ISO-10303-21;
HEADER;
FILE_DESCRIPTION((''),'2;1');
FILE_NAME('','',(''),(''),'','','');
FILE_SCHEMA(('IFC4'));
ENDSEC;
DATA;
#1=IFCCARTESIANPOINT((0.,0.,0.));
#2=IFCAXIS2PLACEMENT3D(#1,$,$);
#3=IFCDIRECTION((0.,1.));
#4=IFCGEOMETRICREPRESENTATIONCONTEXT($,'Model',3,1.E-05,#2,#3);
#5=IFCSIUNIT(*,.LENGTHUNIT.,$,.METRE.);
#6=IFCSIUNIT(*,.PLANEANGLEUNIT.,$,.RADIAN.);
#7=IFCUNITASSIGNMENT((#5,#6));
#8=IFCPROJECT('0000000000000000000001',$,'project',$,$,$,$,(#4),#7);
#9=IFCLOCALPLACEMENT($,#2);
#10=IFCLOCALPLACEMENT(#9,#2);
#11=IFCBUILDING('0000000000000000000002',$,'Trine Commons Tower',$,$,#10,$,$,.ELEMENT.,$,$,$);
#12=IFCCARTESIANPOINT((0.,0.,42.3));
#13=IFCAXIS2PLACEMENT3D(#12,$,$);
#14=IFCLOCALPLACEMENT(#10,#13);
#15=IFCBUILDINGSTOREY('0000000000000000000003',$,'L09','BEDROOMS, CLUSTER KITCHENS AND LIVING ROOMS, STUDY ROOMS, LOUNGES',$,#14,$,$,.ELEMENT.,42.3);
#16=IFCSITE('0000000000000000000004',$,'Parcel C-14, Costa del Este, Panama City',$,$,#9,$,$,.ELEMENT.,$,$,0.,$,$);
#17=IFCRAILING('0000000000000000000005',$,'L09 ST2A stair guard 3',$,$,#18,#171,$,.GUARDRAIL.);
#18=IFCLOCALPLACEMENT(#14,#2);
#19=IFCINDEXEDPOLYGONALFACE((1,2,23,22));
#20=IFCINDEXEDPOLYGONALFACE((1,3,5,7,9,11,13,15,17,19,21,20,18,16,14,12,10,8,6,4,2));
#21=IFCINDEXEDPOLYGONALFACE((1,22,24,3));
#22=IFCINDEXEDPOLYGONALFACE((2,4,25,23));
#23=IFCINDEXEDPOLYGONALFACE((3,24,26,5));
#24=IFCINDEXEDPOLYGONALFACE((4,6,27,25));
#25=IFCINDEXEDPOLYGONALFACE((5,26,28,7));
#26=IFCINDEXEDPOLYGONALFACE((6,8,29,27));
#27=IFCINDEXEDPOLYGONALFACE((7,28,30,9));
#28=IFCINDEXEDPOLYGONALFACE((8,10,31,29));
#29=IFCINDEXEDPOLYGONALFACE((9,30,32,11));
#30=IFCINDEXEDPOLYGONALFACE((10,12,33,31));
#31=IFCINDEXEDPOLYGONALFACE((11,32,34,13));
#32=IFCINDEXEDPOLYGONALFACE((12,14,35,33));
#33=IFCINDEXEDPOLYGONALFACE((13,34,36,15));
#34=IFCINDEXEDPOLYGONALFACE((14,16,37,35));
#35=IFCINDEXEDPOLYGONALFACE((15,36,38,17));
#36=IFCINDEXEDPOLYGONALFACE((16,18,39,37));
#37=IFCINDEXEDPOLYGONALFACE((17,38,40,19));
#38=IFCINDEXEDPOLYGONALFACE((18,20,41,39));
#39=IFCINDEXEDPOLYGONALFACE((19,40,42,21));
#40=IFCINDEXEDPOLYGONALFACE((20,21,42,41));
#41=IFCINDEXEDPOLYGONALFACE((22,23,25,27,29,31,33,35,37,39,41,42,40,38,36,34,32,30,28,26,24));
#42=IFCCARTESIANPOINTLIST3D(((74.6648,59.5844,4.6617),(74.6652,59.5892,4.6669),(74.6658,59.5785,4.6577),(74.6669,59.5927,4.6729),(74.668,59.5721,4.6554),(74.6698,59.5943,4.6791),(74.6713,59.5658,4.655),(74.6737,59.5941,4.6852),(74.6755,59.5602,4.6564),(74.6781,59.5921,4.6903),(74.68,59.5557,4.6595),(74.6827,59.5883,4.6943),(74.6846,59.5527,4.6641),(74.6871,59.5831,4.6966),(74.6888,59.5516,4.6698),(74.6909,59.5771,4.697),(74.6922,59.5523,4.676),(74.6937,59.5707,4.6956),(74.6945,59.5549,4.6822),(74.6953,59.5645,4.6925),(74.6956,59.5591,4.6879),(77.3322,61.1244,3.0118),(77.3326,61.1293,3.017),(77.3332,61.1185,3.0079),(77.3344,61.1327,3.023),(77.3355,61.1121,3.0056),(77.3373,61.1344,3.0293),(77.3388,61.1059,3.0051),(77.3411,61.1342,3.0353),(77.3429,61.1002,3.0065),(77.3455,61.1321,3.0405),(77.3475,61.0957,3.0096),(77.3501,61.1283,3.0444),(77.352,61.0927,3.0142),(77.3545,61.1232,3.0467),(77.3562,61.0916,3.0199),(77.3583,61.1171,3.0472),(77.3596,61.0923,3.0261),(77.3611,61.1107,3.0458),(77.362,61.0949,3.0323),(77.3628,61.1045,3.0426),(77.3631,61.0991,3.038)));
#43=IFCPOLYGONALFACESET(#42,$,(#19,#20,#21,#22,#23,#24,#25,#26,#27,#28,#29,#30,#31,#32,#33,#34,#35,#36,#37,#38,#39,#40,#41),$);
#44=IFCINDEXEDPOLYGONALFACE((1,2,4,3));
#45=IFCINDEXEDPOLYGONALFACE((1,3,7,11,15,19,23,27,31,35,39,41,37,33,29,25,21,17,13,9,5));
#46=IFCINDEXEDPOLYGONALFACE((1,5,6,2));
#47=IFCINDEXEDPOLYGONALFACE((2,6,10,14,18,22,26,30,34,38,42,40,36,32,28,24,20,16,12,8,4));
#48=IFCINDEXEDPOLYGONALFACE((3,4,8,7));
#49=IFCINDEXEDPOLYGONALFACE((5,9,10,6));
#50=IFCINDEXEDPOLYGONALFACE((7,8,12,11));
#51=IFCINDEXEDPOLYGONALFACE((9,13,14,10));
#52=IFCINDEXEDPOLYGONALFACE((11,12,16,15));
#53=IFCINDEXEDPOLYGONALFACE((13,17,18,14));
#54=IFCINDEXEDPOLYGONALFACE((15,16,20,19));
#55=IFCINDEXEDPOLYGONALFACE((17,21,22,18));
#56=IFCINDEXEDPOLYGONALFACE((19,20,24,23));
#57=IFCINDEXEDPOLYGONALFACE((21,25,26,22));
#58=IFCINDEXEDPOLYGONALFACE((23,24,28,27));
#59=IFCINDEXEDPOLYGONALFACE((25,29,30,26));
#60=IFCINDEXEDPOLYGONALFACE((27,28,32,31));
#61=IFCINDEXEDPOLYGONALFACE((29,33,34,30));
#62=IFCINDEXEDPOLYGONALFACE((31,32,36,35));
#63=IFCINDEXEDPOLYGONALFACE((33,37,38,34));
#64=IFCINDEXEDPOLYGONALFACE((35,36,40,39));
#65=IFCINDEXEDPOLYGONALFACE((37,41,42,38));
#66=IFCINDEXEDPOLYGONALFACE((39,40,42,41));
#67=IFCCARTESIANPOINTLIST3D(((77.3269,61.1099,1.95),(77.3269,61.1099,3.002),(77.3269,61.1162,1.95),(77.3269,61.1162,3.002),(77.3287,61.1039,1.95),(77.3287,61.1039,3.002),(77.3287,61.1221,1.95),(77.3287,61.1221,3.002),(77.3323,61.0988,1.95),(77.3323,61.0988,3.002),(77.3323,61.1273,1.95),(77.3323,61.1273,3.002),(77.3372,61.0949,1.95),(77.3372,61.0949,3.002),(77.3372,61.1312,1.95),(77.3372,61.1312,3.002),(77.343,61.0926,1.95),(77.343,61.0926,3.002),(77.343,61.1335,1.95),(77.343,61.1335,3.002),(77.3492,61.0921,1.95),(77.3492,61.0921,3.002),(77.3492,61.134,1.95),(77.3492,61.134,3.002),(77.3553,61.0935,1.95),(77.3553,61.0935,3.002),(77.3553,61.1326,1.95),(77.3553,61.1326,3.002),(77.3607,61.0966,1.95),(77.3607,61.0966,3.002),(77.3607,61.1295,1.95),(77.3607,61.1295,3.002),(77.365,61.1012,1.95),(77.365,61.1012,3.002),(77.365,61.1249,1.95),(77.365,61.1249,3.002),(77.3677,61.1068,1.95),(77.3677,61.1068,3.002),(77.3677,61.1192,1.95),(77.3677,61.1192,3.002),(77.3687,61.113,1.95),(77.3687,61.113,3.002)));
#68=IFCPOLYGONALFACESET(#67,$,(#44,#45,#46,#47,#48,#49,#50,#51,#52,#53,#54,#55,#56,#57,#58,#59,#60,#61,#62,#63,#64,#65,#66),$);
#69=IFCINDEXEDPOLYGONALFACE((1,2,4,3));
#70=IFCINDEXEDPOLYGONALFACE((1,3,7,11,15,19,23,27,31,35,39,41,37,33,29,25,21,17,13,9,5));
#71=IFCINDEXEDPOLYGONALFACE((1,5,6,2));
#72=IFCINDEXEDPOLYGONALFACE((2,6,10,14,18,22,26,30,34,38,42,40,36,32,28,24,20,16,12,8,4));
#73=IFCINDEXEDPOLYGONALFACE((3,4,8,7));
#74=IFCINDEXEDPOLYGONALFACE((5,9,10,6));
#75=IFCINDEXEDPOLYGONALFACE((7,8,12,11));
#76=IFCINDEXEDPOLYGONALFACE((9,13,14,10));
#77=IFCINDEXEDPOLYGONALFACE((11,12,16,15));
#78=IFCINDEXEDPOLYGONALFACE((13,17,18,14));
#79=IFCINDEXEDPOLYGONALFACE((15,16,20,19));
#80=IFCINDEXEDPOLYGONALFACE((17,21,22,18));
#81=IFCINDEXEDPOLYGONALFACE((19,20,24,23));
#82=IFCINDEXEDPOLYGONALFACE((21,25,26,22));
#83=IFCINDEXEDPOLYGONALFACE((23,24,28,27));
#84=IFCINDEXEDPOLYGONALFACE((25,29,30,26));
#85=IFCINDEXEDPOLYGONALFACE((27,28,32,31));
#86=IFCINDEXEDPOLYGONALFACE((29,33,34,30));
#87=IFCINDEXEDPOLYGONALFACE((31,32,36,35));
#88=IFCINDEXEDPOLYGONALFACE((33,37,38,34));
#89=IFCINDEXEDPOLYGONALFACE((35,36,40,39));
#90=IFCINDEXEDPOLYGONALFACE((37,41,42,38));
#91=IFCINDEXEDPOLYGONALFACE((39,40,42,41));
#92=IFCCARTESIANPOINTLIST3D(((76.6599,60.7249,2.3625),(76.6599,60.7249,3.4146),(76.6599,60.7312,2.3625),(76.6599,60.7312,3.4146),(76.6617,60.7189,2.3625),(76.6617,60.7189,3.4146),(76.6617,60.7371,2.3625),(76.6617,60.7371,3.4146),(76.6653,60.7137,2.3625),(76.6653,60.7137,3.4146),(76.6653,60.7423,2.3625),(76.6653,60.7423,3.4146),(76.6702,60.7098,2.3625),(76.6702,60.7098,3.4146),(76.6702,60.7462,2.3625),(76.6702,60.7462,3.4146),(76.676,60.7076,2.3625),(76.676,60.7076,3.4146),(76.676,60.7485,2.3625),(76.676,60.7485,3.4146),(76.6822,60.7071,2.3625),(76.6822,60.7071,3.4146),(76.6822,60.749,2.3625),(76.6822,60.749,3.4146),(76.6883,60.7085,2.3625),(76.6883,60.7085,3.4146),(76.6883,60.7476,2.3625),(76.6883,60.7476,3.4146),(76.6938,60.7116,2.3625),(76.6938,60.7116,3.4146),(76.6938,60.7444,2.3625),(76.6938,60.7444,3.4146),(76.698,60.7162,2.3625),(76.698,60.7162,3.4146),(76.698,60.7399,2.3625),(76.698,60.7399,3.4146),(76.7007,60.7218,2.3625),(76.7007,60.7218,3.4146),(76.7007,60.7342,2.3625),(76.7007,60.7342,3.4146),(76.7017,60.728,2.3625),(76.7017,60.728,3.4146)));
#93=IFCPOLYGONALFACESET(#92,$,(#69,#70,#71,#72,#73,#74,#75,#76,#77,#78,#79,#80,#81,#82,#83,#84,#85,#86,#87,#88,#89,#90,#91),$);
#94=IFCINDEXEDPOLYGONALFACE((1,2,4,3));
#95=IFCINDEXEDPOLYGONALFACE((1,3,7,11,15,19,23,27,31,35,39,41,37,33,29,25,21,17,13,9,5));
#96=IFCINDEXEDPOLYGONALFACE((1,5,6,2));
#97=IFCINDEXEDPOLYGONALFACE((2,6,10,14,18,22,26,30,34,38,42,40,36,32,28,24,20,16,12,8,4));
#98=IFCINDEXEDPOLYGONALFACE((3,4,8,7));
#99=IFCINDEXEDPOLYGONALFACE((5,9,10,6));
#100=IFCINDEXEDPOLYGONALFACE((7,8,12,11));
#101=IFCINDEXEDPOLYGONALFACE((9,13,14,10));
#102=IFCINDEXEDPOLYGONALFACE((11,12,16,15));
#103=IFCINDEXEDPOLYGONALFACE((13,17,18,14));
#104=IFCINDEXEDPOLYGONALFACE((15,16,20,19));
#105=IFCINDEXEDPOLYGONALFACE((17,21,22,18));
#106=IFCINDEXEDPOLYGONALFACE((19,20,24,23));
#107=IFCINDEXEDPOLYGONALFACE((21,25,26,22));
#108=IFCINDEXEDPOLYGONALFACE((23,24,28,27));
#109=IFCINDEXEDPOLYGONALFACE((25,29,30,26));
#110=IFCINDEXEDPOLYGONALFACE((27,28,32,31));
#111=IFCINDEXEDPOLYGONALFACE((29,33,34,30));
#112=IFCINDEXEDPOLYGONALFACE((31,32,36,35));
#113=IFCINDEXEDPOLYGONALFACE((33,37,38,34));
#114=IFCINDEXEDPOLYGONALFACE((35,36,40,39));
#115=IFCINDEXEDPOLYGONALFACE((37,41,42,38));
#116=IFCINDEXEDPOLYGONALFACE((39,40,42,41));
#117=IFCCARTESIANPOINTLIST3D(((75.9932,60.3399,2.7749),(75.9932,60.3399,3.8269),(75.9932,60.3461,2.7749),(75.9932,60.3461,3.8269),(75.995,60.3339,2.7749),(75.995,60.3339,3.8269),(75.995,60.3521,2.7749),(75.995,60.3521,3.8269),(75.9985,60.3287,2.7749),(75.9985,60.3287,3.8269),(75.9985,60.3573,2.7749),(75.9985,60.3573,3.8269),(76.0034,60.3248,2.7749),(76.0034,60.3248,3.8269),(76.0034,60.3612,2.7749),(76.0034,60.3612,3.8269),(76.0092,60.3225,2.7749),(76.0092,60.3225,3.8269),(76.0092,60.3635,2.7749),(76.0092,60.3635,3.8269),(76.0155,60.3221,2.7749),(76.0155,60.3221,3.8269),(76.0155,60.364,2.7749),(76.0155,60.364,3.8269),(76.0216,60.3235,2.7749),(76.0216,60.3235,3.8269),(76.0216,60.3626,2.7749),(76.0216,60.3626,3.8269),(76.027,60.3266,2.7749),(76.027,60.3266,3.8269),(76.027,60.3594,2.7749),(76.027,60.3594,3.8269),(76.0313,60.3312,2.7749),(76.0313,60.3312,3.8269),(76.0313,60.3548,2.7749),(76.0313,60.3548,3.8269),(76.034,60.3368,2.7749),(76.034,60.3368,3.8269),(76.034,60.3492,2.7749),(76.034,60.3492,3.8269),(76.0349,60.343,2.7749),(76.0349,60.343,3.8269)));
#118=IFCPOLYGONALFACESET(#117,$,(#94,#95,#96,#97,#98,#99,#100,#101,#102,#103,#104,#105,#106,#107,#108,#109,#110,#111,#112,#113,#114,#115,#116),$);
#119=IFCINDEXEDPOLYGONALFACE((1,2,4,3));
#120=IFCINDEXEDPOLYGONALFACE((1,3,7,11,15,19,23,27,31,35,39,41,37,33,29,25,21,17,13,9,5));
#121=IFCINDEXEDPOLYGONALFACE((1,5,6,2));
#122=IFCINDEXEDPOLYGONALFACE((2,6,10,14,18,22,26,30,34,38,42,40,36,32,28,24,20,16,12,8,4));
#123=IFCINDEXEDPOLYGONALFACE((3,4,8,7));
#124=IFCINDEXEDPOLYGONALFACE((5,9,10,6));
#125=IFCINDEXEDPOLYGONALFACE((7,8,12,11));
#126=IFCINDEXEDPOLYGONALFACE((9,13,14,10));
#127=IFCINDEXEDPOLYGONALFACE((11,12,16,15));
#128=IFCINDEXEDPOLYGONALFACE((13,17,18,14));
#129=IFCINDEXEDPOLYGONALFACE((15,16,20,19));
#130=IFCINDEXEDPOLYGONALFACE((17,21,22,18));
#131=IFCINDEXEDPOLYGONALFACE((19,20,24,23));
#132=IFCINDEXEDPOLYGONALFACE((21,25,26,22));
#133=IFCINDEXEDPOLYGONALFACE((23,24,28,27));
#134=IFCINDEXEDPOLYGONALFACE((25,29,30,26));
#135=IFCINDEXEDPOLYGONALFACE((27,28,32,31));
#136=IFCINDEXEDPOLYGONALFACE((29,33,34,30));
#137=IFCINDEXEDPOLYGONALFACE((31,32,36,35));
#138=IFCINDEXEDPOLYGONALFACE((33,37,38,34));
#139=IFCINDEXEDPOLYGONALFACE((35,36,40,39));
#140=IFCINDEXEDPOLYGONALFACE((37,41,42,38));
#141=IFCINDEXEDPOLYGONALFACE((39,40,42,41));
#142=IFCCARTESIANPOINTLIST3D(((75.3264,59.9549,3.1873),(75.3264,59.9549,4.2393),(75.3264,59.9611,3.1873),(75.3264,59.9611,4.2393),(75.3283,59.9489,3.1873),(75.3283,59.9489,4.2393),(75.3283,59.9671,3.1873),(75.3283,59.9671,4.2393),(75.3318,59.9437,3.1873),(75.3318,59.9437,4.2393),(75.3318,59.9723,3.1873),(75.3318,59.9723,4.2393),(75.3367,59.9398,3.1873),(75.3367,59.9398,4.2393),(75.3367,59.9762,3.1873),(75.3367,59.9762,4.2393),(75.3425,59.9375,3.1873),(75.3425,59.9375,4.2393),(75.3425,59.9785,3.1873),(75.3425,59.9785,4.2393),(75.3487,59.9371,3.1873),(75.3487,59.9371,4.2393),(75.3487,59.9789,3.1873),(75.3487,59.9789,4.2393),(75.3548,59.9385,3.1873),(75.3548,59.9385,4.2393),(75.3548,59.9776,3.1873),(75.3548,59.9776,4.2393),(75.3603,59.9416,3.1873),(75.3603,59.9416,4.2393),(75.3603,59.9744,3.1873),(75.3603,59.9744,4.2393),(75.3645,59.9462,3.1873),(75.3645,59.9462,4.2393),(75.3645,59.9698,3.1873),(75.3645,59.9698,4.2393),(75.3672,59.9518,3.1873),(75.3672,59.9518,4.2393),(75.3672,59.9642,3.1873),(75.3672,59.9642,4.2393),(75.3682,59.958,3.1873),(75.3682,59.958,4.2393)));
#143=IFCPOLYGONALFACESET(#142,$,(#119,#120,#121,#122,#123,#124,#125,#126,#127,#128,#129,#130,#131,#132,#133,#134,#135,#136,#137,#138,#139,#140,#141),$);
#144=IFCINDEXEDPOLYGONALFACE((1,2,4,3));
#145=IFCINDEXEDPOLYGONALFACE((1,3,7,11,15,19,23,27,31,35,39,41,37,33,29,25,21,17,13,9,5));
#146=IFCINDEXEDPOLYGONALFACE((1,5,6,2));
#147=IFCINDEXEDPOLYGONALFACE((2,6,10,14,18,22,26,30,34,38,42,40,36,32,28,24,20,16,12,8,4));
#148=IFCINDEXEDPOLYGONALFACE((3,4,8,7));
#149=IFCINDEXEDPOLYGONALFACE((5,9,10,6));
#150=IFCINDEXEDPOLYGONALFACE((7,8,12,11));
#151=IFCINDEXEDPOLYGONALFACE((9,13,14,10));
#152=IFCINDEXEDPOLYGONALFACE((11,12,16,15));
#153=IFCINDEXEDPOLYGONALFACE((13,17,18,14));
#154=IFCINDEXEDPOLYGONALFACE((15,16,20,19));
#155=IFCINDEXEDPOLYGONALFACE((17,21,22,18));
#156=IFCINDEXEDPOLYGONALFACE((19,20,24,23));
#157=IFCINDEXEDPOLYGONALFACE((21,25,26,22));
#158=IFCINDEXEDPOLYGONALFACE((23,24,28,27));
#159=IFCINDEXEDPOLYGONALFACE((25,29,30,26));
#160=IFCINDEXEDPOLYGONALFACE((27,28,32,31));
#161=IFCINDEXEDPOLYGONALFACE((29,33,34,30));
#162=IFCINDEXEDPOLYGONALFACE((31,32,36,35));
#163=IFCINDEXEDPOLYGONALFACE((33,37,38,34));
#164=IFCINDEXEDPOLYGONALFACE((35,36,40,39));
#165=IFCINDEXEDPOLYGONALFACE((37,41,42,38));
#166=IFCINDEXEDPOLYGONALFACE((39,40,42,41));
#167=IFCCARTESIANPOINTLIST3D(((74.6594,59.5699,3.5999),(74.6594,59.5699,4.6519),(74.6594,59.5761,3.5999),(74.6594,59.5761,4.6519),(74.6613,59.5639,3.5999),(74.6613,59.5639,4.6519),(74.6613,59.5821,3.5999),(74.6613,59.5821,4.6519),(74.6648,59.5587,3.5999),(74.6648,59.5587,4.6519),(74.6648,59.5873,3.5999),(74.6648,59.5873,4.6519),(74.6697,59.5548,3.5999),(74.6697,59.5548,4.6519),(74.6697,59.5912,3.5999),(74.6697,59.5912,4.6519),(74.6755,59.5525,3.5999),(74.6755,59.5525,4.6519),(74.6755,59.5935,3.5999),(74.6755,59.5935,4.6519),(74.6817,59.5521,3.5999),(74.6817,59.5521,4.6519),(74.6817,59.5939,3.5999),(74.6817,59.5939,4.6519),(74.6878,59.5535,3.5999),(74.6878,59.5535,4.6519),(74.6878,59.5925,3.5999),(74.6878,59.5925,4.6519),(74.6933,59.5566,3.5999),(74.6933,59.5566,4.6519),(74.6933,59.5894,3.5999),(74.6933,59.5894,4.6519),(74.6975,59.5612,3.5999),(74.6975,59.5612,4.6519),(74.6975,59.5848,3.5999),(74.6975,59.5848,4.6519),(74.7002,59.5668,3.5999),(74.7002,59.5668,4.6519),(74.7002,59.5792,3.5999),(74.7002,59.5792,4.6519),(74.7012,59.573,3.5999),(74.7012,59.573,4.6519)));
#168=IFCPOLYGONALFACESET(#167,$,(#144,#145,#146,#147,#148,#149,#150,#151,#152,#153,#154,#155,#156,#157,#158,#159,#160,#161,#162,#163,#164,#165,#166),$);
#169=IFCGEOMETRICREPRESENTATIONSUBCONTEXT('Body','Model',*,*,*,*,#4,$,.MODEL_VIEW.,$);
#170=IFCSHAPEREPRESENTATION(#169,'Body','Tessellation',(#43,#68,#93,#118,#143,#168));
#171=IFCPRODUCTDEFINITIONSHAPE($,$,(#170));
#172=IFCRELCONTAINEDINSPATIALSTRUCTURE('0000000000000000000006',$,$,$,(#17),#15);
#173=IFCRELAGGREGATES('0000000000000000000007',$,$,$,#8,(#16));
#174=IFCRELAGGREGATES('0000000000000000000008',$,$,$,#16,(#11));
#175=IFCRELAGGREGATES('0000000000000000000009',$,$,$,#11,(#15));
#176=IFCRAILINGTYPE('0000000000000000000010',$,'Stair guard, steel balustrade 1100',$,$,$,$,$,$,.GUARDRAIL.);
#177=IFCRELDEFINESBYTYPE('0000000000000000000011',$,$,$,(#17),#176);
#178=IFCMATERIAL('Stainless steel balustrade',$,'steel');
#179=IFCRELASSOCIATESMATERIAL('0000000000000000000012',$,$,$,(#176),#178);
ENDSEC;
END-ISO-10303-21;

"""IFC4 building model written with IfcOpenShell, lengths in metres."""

from ifc_helpers import new_model, si_unit, direction, frame, origin, origin_2d, place, context, subcontext, project, spatial, circle, extrude, material, type_object, element, save


model = new_model("IFC4")

# Units and contexts
model_context = context("Model", 3, precision=1e-05, world=origin(), true_north=direction((0.0, 1.0)))
body_context = subcontext(model_context, "Body", "Model", "MODEL_VIEW")
ifc_project = project(units=[si_unit("LENGTHUNIT", "METRE"), si_unit("PLANEANGLEUNIT", "RADIAN")], contexts=[model_context])

# Site, building, storey
site_placement = place(None, origin())
site = spatial("IfcSite", under=ifc_project, at=site_placement, Name="Parcel C-14, Costa del Este, Panama City", CompositionType="ELEMENT", RefElevation=0.0)
building_placement = place(site_placement, origin())
building = spatial("IfcBuilding", under=site, at=building_placement, Name="Trine Commons Tower", CompositionType="ELEMENT")
storey_placement = place(building_placement, frame((0.0, 0.0, 42.3)))
storey = spatial("IfcBuildingStorey", under=building, at=storey_placement, Name="L09", Description="BEDROOMS, CLUSTER KITCHENS AND LIVING ROOMS, STUDY ROOMS, LOUNGES", CompositionType="ELEMENT", Elevation=42.3)

# Railing
ifc_material_1 = material(Name="Stainless steel balustrade", Category="steel")
railing_type_1 = type_object("IfcRailingType", Name="Stair guard, steel balustrade 1100", PredefinedType="GUARDRAIL", material=ifc_material_1)
railing_1_placement = place(storey_placement, frame((77.3477, 61.113, 1.95)))
element("IfcRailing", 1, at=railing_1_placement, inside=storey, type_object=railing_type_1, Name="L09 ST2A stair guard 3", PredefinedType="GUARDRAIL", context=body_context, shape_type="SweptSolid", body=[
    extrude(circle(Radius=0.0239, at=origin_2d()), frame((0.0, 0.0, 1.0762), z_axis=(-0.763405, -0.440743, 0.472185), x_axis=(0.499992, -0.86603, 0.0)), (0.0, 0.0, 1.0), 3.4941),
    extrude(circle(Radius=0.021, at=origin_2d()), origin(), (0.0, 0.0, 1.0), 1.052),
    extrude(circle(Radius=0.021, at=origin_2d()), frame((-0.667, -0.385, 0.4126)), (0.0, 0.0, 1.0), 1.052),
    extrude(circle(Radius=0.021, at=origin_2d()), frame((-1.3337, -0.77, 0.825)), (0.0, 0.0, 1.0), 1.052),
    extrude(circle(Radius=0.021, at=origin_2d()), frame((-2.0005, -1.155, 1.2373)), (0.0, 0.0, 1.0), 1.052),
    extrude(circle(Radius=0.021, at=origin_2d()), frame((-2.6675, -1.54, 1.6499)), (0.0, 0.0, 1.0), 1.052),
])

save(model, "model.ifc")
